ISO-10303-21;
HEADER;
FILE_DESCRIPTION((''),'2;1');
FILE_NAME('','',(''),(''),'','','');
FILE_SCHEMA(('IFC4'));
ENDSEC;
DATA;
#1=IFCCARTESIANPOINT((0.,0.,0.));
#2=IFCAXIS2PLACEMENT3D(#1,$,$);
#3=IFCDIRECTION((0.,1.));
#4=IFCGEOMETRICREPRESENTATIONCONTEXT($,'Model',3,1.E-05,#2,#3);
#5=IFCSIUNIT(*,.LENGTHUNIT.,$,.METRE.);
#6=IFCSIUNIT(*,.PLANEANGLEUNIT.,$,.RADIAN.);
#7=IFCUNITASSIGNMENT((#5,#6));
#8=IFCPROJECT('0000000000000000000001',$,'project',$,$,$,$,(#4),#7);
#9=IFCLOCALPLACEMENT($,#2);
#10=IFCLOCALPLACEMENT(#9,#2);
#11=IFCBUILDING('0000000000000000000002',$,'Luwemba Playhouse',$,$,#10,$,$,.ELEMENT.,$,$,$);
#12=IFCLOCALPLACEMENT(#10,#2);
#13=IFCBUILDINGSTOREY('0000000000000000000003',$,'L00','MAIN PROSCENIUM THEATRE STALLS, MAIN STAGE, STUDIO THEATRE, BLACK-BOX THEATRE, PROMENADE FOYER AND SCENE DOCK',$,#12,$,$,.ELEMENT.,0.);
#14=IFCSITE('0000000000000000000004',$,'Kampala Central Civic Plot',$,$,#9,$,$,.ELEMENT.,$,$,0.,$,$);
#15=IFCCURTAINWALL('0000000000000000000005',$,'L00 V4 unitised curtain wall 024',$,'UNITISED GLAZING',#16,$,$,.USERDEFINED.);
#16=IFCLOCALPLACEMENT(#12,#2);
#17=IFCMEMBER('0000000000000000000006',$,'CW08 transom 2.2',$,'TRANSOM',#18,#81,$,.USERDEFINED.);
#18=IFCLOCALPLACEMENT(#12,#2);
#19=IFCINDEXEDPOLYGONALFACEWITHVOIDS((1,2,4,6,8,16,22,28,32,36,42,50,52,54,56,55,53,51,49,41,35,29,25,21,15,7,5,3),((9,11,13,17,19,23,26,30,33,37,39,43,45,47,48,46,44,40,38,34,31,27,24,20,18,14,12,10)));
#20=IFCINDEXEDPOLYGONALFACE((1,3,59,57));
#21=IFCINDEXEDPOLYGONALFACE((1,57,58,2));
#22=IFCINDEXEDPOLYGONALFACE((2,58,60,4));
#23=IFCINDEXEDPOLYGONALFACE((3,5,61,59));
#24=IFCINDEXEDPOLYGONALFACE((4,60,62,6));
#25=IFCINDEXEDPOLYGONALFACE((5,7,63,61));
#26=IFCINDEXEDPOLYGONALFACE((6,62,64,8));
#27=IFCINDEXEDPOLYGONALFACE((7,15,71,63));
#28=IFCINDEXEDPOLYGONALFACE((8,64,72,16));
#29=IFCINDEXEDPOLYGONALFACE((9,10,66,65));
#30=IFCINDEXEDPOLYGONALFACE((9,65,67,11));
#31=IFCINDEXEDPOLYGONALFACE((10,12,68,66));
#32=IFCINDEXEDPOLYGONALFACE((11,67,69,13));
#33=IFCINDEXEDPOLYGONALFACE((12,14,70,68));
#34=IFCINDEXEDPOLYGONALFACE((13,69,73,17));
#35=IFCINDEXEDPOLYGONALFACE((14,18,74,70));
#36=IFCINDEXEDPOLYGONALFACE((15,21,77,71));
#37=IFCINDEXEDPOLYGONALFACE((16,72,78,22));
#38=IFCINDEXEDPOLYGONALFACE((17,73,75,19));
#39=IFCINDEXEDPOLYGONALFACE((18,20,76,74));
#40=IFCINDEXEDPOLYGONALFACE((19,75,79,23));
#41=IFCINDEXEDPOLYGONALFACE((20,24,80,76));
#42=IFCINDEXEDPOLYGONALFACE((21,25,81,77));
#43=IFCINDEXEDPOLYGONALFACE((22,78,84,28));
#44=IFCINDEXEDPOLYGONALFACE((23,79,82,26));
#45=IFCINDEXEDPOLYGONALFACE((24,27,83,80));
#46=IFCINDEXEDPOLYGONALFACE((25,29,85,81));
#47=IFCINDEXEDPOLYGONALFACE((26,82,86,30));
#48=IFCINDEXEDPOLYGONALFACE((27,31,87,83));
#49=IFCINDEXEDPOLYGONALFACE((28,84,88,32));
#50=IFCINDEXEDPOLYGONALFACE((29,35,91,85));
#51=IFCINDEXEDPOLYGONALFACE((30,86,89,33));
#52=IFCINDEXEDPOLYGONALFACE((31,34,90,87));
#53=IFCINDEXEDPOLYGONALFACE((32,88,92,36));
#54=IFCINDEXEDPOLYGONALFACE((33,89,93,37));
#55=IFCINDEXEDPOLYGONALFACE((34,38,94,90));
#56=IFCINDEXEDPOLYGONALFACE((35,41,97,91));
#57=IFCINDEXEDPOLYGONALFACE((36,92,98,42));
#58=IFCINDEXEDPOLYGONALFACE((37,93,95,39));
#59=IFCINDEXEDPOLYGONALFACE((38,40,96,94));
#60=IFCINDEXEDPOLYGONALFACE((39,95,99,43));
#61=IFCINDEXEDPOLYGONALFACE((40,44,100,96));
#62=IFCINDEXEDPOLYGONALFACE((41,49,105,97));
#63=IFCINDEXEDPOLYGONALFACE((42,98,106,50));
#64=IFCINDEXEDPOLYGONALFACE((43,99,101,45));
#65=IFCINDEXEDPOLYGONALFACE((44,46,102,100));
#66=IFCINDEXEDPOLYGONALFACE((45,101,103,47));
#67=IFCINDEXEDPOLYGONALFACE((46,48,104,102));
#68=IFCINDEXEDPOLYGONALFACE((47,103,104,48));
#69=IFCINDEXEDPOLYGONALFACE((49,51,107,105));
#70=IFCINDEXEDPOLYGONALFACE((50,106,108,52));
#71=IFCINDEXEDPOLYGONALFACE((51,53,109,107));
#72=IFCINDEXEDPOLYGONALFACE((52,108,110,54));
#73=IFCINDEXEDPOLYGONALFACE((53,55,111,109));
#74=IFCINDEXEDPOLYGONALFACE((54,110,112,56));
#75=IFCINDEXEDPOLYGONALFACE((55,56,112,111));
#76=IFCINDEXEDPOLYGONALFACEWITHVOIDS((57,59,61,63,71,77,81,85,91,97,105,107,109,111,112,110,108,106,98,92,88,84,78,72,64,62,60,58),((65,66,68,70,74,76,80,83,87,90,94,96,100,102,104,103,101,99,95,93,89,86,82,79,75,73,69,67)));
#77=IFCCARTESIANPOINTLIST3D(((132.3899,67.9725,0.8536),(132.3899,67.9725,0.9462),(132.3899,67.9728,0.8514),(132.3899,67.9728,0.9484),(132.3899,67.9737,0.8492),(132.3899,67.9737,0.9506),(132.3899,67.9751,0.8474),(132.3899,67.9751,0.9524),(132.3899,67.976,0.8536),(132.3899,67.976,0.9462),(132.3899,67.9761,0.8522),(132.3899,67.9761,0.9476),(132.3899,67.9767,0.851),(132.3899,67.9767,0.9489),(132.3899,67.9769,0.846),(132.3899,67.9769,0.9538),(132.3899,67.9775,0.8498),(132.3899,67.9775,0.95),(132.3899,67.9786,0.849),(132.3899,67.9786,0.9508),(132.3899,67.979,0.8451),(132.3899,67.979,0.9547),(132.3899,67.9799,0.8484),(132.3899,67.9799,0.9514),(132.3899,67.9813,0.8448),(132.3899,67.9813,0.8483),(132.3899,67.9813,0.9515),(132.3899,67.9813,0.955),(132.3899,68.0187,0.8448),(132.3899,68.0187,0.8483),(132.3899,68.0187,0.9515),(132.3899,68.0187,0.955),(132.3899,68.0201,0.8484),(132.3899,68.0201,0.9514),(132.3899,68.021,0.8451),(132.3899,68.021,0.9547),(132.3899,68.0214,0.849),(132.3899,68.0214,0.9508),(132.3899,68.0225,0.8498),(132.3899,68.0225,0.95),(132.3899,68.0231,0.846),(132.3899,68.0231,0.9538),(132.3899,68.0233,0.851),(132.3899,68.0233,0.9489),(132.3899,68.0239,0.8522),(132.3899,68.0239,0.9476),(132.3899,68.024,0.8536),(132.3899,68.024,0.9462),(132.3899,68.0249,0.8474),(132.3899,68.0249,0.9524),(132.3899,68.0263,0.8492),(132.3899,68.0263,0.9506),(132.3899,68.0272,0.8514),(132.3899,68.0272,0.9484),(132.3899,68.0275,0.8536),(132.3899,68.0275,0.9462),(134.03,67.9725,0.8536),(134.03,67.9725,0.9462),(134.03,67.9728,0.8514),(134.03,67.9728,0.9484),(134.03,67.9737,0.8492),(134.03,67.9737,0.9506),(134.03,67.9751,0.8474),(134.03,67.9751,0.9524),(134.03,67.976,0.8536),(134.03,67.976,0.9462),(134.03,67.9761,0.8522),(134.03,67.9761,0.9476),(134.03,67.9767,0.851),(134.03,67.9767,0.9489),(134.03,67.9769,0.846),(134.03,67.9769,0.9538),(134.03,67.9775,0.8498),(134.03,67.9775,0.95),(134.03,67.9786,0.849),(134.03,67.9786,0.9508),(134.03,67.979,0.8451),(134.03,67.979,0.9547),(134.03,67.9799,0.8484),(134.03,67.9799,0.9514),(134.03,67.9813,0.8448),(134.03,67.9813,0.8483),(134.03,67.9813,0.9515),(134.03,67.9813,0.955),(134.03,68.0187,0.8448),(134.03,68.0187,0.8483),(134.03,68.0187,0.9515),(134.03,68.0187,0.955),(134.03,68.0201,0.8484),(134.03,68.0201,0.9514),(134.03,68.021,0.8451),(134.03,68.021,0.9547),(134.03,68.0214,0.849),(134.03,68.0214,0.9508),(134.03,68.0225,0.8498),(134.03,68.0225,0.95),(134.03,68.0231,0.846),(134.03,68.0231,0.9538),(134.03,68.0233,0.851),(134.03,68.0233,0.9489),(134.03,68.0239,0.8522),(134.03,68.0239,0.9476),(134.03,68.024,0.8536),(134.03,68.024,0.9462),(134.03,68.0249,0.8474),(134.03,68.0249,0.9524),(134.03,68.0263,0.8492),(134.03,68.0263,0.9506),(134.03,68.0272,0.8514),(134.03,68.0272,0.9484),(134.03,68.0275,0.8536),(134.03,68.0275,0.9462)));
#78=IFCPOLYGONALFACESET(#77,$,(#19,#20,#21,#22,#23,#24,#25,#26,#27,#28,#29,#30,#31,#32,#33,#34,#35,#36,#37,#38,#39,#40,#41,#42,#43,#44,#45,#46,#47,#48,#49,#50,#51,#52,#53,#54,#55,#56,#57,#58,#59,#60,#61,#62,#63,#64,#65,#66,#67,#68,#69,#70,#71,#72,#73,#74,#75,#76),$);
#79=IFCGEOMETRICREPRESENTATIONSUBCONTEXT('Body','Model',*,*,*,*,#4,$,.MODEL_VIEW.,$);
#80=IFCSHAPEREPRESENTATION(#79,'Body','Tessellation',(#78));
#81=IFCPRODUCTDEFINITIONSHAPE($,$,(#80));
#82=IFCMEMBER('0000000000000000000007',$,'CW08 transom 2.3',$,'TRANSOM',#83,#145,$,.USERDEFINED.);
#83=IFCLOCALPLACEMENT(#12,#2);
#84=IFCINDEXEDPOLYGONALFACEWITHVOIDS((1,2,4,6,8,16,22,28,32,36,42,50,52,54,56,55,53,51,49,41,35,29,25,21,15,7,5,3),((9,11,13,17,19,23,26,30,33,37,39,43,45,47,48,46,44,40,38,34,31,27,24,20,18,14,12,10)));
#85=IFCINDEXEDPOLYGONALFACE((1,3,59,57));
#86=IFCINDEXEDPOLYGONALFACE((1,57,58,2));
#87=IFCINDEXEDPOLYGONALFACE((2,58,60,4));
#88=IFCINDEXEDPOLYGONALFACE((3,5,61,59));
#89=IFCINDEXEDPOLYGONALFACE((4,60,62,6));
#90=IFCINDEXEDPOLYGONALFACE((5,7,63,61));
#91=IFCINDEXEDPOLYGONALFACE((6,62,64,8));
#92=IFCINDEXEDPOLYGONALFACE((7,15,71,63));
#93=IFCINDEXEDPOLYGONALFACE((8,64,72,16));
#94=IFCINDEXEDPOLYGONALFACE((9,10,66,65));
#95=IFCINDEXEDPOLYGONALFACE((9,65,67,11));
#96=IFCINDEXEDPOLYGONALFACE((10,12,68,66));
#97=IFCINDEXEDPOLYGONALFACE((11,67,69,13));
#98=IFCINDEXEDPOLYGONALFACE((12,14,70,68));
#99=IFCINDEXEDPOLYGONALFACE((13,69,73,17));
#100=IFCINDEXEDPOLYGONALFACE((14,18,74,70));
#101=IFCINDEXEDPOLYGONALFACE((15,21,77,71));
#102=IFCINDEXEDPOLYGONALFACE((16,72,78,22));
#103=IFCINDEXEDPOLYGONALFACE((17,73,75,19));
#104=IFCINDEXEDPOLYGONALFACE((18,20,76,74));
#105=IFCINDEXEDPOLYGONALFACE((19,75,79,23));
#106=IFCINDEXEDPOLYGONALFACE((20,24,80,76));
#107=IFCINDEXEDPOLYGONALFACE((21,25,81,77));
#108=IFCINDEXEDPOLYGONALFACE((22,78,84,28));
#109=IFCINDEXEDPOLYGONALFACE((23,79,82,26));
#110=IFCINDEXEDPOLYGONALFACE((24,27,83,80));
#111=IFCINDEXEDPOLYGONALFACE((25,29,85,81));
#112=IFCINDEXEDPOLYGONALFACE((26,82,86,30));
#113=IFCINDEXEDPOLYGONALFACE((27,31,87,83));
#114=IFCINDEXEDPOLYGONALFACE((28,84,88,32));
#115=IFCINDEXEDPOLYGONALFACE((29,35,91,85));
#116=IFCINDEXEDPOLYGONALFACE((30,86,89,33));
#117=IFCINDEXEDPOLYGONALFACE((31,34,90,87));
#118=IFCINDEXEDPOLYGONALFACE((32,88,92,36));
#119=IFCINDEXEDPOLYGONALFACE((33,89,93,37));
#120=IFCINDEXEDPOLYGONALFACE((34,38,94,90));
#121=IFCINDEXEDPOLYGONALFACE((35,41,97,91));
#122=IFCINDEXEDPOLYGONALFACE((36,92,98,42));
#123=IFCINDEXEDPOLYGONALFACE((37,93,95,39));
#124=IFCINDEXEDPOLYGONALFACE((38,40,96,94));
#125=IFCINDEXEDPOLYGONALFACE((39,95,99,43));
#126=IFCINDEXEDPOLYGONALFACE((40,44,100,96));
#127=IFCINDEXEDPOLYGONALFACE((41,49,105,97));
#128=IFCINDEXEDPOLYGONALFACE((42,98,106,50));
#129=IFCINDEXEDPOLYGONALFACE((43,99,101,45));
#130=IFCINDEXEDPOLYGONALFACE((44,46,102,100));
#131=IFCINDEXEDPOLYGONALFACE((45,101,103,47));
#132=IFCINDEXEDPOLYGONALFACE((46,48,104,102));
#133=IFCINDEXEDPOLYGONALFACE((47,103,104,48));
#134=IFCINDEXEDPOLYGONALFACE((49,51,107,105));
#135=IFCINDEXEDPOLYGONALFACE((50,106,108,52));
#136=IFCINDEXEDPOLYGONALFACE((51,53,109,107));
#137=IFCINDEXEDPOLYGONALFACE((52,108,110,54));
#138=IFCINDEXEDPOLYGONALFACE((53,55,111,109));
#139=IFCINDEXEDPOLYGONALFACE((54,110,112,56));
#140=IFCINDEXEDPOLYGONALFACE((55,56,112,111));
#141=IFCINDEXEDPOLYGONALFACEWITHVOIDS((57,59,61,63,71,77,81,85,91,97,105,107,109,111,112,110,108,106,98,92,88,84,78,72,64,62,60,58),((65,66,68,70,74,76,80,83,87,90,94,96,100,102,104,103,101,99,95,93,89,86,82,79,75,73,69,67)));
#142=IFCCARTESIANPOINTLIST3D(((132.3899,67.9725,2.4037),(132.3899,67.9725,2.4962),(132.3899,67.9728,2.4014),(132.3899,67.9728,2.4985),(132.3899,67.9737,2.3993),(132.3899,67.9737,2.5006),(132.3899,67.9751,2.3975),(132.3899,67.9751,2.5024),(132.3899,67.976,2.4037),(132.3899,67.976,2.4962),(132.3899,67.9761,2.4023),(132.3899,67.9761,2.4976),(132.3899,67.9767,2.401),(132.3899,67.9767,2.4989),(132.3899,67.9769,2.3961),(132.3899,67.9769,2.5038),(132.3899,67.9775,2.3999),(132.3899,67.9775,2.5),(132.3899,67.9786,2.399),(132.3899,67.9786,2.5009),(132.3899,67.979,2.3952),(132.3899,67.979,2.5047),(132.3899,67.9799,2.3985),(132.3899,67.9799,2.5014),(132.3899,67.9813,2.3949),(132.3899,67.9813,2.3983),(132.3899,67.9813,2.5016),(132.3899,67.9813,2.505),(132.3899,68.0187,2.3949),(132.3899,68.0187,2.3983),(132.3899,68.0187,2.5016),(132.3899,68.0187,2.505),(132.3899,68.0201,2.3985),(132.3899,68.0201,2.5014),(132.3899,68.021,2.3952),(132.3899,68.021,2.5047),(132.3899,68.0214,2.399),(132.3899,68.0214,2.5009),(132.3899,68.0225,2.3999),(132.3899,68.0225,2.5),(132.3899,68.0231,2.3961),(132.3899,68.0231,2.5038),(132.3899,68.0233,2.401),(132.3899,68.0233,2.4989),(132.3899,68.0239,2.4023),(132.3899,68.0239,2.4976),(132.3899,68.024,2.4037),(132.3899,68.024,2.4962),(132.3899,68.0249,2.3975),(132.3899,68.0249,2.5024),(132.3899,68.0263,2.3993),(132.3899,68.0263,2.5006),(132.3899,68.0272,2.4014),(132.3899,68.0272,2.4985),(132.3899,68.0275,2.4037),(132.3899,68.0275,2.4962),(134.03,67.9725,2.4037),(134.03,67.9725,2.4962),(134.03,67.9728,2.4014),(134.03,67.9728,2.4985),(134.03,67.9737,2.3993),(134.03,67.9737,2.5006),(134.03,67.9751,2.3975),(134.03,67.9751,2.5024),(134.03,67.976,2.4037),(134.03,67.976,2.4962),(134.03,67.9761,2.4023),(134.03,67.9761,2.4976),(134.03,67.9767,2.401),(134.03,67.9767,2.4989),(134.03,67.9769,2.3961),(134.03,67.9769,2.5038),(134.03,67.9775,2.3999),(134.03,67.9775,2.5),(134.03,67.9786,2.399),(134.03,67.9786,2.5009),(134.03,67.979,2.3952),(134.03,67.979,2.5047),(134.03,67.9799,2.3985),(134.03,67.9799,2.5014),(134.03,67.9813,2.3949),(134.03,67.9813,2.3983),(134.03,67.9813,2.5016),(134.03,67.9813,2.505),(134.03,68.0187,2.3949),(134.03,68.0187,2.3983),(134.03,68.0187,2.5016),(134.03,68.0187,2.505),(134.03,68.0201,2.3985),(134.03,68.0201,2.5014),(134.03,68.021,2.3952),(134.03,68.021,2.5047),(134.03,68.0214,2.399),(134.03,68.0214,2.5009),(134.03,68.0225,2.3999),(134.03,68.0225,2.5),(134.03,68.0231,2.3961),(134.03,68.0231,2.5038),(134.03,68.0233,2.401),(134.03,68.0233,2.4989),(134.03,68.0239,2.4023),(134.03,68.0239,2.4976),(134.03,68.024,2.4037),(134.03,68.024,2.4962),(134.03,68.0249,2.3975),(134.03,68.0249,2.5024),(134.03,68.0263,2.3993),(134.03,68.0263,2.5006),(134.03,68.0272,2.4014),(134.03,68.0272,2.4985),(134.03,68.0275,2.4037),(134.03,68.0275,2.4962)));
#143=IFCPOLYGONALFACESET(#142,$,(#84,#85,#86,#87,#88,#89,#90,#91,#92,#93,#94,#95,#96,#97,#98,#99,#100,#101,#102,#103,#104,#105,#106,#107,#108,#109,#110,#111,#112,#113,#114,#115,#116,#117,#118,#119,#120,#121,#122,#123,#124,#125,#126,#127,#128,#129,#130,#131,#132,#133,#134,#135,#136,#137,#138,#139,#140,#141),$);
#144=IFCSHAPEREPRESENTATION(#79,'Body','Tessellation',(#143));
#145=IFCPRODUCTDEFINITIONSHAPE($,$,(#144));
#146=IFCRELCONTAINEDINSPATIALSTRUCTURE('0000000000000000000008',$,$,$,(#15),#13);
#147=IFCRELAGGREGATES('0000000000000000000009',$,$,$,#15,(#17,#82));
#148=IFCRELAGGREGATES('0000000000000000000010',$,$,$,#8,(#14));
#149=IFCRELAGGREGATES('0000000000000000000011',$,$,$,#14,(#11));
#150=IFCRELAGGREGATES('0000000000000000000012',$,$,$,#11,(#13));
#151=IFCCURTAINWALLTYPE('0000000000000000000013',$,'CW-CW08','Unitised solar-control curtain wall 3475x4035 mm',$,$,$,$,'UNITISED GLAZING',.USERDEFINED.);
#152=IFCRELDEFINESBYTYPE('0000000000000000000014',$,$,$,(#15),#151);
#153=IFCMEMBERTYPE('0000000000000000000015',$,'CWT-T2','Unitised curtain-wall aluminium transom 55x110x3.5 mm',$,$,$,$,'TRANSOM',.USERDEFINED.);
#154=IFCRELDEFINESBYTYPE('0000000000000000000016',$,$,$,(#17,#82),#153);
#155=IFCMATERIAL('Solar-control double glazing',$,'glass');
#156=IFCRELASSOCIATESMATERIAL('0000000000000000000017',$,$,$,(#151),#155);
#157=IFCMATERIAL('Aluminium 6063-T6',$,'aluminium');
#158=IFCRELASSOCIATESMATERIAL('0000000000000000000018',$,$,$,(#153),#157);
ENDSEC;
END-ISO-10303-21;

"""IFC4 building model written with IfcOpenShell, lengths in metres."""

from ifc_helpers import new_model, si_unit, direction, frame, origin, origin_2d, place, context, subcontext, project, spatial, hollow_rectangle, extrude, material, material_profile, profile_set, type_object, element, aggregate, save


model = new_model("IFC4")

# Units and contexts
model_context = context("Model", 3, precision=1e-05, world=origin(), true_north=direction((0.0, 1.0)))
body_context = subcontext(model_context, "Body", "Model", "MODEL_VIEW")
ifc_project = project(units=[si_unit("LENGTHUNIT", "METRE"), si_unit("PLANEANGLEUNIT", "RADIAN")], contexts=[model_context])

# Site, building, storey
site_placement = place(None, origin())
site = spatial("IfcSite", under=ifc_project, at=site_placement, Name="Kampala Central Civic Plot", CompositionType="ELEMENT", RefElevation=0.0)
building_placement = place(site_placement, origin())
building = spatial("IfcBuilding", under=site, at=building_placement, Name="Luwemba Playhouse", CompositionType="ELEMENT")
storey_placement = place(building_placement, origin())
storey = spatial("IfcBuildingStorey", under=building, at=storey_placement, Name="L00", Description="MAIN PROSCENIUM THEATRE STALLS, MAIN STAGE, STUDIO THEATRE, BLACK-BOX THEATRE, PROMENADE FOYER AND SCENE DOCK", CompositionType="ELEMENT", Elevation=0.0)

# Curtain wall, members
ifc_material_1 = material(Name="Solar-control double glazing", Category="glass")
curtain_wall_type = type_object("IfcCurtainWallType", Name="CW-CW08", Description="Unitised solar-control curtain wall 3475x4035 mm", ElementType="UNITISED GLAZING", PredefinedType="USERDEFINED", material=ifc_material_1)
curtain_wall_placement = place(storey_placement, origin())
curtain_wall = element("IfcCurtainWall", 1, at=curtain_wall_placement, inside=storey, type_object=curtain_wall_type, Name="L00 V4 unitised curtain wall 024", ObjectType="UNITISED GLAZING", PredefinedType="USERDEFINED")
ifc_material_2 = material(Name="Aluminium 6063-T6", Category="aluminium")
ifc_material_profile_1 = material_profile(ifc_material_2, hollow_rectangle(XDim=0.0549, YDim=0.1101, WallThickness=0.0034, InnerFilletRadius=0.0054, OuterFilletRadius=0.0088, at=origin_2d()))
ifc_profile_set_1 = profile_set([ifc_material_profile_1], Name="Aluminium 6063-T6")
member_type_1 = type_object("IfcMemberType", Name="CWT-T2", Description="Unitised curtain-wall aluminium transom 55x110x3.5 mm", ElementType="TRANSOM", PredefinedType="USERDEFINED", material=ifc_profile_set_1)
member_1_placement = place(storey_placement, frame((134.03, 68.0, 0.8999), z_axis=(-1.0, 0.0, 0.0), x_axis=(0.0, -1.0, 0.0)))
member_1 = element("IfcMember", 2, at=member_1_placement, type_object=member_type_1, Name="CW08 transom 2.2", ObjectType="TRANSOM", PredefinedType="USERDEFINED", context=body_context, shape_type="SweptSolid", body=[
    extrude(hollow_rectangle(XDim=0.0549, YDim=0.1101, WallThickness=0.0034, InnerFilletRadius=0.0054, OuterFilletRadius=0.0088, at=origin_2d()), origin(), (0.0, 0.0, 1.0), 1.6401),
])
member_2_placement = place(storey_placement, frame((134.03, 68.0, 2.45), z_axis=(-1.0, 0.0, 0.0), x_axis=(0.0, -1.0, 0.0)))
member_2 = element("IfcMember", 3, at=member_2_placement, type_object=member_type_1, Name="CW08 transom 2.3", ObjectType="TRANSOM", PredefinedType="USERDEFINED", context=body_context, shape_type="SweptSolid", body=[
    extrude(hollow_rectangle(XDim=0.0549, YDim=0.1101, WallThickness=0.0034, InnerFilletRadius=0.0054, OuterFilletRadius=0.0088, at=origin_2d()), origin(), (0.0, 0.0, 1.0), 1.6401),
])
aggregate(curtain_wall, [member_1, member_2])

save(model, "model.ifc")
